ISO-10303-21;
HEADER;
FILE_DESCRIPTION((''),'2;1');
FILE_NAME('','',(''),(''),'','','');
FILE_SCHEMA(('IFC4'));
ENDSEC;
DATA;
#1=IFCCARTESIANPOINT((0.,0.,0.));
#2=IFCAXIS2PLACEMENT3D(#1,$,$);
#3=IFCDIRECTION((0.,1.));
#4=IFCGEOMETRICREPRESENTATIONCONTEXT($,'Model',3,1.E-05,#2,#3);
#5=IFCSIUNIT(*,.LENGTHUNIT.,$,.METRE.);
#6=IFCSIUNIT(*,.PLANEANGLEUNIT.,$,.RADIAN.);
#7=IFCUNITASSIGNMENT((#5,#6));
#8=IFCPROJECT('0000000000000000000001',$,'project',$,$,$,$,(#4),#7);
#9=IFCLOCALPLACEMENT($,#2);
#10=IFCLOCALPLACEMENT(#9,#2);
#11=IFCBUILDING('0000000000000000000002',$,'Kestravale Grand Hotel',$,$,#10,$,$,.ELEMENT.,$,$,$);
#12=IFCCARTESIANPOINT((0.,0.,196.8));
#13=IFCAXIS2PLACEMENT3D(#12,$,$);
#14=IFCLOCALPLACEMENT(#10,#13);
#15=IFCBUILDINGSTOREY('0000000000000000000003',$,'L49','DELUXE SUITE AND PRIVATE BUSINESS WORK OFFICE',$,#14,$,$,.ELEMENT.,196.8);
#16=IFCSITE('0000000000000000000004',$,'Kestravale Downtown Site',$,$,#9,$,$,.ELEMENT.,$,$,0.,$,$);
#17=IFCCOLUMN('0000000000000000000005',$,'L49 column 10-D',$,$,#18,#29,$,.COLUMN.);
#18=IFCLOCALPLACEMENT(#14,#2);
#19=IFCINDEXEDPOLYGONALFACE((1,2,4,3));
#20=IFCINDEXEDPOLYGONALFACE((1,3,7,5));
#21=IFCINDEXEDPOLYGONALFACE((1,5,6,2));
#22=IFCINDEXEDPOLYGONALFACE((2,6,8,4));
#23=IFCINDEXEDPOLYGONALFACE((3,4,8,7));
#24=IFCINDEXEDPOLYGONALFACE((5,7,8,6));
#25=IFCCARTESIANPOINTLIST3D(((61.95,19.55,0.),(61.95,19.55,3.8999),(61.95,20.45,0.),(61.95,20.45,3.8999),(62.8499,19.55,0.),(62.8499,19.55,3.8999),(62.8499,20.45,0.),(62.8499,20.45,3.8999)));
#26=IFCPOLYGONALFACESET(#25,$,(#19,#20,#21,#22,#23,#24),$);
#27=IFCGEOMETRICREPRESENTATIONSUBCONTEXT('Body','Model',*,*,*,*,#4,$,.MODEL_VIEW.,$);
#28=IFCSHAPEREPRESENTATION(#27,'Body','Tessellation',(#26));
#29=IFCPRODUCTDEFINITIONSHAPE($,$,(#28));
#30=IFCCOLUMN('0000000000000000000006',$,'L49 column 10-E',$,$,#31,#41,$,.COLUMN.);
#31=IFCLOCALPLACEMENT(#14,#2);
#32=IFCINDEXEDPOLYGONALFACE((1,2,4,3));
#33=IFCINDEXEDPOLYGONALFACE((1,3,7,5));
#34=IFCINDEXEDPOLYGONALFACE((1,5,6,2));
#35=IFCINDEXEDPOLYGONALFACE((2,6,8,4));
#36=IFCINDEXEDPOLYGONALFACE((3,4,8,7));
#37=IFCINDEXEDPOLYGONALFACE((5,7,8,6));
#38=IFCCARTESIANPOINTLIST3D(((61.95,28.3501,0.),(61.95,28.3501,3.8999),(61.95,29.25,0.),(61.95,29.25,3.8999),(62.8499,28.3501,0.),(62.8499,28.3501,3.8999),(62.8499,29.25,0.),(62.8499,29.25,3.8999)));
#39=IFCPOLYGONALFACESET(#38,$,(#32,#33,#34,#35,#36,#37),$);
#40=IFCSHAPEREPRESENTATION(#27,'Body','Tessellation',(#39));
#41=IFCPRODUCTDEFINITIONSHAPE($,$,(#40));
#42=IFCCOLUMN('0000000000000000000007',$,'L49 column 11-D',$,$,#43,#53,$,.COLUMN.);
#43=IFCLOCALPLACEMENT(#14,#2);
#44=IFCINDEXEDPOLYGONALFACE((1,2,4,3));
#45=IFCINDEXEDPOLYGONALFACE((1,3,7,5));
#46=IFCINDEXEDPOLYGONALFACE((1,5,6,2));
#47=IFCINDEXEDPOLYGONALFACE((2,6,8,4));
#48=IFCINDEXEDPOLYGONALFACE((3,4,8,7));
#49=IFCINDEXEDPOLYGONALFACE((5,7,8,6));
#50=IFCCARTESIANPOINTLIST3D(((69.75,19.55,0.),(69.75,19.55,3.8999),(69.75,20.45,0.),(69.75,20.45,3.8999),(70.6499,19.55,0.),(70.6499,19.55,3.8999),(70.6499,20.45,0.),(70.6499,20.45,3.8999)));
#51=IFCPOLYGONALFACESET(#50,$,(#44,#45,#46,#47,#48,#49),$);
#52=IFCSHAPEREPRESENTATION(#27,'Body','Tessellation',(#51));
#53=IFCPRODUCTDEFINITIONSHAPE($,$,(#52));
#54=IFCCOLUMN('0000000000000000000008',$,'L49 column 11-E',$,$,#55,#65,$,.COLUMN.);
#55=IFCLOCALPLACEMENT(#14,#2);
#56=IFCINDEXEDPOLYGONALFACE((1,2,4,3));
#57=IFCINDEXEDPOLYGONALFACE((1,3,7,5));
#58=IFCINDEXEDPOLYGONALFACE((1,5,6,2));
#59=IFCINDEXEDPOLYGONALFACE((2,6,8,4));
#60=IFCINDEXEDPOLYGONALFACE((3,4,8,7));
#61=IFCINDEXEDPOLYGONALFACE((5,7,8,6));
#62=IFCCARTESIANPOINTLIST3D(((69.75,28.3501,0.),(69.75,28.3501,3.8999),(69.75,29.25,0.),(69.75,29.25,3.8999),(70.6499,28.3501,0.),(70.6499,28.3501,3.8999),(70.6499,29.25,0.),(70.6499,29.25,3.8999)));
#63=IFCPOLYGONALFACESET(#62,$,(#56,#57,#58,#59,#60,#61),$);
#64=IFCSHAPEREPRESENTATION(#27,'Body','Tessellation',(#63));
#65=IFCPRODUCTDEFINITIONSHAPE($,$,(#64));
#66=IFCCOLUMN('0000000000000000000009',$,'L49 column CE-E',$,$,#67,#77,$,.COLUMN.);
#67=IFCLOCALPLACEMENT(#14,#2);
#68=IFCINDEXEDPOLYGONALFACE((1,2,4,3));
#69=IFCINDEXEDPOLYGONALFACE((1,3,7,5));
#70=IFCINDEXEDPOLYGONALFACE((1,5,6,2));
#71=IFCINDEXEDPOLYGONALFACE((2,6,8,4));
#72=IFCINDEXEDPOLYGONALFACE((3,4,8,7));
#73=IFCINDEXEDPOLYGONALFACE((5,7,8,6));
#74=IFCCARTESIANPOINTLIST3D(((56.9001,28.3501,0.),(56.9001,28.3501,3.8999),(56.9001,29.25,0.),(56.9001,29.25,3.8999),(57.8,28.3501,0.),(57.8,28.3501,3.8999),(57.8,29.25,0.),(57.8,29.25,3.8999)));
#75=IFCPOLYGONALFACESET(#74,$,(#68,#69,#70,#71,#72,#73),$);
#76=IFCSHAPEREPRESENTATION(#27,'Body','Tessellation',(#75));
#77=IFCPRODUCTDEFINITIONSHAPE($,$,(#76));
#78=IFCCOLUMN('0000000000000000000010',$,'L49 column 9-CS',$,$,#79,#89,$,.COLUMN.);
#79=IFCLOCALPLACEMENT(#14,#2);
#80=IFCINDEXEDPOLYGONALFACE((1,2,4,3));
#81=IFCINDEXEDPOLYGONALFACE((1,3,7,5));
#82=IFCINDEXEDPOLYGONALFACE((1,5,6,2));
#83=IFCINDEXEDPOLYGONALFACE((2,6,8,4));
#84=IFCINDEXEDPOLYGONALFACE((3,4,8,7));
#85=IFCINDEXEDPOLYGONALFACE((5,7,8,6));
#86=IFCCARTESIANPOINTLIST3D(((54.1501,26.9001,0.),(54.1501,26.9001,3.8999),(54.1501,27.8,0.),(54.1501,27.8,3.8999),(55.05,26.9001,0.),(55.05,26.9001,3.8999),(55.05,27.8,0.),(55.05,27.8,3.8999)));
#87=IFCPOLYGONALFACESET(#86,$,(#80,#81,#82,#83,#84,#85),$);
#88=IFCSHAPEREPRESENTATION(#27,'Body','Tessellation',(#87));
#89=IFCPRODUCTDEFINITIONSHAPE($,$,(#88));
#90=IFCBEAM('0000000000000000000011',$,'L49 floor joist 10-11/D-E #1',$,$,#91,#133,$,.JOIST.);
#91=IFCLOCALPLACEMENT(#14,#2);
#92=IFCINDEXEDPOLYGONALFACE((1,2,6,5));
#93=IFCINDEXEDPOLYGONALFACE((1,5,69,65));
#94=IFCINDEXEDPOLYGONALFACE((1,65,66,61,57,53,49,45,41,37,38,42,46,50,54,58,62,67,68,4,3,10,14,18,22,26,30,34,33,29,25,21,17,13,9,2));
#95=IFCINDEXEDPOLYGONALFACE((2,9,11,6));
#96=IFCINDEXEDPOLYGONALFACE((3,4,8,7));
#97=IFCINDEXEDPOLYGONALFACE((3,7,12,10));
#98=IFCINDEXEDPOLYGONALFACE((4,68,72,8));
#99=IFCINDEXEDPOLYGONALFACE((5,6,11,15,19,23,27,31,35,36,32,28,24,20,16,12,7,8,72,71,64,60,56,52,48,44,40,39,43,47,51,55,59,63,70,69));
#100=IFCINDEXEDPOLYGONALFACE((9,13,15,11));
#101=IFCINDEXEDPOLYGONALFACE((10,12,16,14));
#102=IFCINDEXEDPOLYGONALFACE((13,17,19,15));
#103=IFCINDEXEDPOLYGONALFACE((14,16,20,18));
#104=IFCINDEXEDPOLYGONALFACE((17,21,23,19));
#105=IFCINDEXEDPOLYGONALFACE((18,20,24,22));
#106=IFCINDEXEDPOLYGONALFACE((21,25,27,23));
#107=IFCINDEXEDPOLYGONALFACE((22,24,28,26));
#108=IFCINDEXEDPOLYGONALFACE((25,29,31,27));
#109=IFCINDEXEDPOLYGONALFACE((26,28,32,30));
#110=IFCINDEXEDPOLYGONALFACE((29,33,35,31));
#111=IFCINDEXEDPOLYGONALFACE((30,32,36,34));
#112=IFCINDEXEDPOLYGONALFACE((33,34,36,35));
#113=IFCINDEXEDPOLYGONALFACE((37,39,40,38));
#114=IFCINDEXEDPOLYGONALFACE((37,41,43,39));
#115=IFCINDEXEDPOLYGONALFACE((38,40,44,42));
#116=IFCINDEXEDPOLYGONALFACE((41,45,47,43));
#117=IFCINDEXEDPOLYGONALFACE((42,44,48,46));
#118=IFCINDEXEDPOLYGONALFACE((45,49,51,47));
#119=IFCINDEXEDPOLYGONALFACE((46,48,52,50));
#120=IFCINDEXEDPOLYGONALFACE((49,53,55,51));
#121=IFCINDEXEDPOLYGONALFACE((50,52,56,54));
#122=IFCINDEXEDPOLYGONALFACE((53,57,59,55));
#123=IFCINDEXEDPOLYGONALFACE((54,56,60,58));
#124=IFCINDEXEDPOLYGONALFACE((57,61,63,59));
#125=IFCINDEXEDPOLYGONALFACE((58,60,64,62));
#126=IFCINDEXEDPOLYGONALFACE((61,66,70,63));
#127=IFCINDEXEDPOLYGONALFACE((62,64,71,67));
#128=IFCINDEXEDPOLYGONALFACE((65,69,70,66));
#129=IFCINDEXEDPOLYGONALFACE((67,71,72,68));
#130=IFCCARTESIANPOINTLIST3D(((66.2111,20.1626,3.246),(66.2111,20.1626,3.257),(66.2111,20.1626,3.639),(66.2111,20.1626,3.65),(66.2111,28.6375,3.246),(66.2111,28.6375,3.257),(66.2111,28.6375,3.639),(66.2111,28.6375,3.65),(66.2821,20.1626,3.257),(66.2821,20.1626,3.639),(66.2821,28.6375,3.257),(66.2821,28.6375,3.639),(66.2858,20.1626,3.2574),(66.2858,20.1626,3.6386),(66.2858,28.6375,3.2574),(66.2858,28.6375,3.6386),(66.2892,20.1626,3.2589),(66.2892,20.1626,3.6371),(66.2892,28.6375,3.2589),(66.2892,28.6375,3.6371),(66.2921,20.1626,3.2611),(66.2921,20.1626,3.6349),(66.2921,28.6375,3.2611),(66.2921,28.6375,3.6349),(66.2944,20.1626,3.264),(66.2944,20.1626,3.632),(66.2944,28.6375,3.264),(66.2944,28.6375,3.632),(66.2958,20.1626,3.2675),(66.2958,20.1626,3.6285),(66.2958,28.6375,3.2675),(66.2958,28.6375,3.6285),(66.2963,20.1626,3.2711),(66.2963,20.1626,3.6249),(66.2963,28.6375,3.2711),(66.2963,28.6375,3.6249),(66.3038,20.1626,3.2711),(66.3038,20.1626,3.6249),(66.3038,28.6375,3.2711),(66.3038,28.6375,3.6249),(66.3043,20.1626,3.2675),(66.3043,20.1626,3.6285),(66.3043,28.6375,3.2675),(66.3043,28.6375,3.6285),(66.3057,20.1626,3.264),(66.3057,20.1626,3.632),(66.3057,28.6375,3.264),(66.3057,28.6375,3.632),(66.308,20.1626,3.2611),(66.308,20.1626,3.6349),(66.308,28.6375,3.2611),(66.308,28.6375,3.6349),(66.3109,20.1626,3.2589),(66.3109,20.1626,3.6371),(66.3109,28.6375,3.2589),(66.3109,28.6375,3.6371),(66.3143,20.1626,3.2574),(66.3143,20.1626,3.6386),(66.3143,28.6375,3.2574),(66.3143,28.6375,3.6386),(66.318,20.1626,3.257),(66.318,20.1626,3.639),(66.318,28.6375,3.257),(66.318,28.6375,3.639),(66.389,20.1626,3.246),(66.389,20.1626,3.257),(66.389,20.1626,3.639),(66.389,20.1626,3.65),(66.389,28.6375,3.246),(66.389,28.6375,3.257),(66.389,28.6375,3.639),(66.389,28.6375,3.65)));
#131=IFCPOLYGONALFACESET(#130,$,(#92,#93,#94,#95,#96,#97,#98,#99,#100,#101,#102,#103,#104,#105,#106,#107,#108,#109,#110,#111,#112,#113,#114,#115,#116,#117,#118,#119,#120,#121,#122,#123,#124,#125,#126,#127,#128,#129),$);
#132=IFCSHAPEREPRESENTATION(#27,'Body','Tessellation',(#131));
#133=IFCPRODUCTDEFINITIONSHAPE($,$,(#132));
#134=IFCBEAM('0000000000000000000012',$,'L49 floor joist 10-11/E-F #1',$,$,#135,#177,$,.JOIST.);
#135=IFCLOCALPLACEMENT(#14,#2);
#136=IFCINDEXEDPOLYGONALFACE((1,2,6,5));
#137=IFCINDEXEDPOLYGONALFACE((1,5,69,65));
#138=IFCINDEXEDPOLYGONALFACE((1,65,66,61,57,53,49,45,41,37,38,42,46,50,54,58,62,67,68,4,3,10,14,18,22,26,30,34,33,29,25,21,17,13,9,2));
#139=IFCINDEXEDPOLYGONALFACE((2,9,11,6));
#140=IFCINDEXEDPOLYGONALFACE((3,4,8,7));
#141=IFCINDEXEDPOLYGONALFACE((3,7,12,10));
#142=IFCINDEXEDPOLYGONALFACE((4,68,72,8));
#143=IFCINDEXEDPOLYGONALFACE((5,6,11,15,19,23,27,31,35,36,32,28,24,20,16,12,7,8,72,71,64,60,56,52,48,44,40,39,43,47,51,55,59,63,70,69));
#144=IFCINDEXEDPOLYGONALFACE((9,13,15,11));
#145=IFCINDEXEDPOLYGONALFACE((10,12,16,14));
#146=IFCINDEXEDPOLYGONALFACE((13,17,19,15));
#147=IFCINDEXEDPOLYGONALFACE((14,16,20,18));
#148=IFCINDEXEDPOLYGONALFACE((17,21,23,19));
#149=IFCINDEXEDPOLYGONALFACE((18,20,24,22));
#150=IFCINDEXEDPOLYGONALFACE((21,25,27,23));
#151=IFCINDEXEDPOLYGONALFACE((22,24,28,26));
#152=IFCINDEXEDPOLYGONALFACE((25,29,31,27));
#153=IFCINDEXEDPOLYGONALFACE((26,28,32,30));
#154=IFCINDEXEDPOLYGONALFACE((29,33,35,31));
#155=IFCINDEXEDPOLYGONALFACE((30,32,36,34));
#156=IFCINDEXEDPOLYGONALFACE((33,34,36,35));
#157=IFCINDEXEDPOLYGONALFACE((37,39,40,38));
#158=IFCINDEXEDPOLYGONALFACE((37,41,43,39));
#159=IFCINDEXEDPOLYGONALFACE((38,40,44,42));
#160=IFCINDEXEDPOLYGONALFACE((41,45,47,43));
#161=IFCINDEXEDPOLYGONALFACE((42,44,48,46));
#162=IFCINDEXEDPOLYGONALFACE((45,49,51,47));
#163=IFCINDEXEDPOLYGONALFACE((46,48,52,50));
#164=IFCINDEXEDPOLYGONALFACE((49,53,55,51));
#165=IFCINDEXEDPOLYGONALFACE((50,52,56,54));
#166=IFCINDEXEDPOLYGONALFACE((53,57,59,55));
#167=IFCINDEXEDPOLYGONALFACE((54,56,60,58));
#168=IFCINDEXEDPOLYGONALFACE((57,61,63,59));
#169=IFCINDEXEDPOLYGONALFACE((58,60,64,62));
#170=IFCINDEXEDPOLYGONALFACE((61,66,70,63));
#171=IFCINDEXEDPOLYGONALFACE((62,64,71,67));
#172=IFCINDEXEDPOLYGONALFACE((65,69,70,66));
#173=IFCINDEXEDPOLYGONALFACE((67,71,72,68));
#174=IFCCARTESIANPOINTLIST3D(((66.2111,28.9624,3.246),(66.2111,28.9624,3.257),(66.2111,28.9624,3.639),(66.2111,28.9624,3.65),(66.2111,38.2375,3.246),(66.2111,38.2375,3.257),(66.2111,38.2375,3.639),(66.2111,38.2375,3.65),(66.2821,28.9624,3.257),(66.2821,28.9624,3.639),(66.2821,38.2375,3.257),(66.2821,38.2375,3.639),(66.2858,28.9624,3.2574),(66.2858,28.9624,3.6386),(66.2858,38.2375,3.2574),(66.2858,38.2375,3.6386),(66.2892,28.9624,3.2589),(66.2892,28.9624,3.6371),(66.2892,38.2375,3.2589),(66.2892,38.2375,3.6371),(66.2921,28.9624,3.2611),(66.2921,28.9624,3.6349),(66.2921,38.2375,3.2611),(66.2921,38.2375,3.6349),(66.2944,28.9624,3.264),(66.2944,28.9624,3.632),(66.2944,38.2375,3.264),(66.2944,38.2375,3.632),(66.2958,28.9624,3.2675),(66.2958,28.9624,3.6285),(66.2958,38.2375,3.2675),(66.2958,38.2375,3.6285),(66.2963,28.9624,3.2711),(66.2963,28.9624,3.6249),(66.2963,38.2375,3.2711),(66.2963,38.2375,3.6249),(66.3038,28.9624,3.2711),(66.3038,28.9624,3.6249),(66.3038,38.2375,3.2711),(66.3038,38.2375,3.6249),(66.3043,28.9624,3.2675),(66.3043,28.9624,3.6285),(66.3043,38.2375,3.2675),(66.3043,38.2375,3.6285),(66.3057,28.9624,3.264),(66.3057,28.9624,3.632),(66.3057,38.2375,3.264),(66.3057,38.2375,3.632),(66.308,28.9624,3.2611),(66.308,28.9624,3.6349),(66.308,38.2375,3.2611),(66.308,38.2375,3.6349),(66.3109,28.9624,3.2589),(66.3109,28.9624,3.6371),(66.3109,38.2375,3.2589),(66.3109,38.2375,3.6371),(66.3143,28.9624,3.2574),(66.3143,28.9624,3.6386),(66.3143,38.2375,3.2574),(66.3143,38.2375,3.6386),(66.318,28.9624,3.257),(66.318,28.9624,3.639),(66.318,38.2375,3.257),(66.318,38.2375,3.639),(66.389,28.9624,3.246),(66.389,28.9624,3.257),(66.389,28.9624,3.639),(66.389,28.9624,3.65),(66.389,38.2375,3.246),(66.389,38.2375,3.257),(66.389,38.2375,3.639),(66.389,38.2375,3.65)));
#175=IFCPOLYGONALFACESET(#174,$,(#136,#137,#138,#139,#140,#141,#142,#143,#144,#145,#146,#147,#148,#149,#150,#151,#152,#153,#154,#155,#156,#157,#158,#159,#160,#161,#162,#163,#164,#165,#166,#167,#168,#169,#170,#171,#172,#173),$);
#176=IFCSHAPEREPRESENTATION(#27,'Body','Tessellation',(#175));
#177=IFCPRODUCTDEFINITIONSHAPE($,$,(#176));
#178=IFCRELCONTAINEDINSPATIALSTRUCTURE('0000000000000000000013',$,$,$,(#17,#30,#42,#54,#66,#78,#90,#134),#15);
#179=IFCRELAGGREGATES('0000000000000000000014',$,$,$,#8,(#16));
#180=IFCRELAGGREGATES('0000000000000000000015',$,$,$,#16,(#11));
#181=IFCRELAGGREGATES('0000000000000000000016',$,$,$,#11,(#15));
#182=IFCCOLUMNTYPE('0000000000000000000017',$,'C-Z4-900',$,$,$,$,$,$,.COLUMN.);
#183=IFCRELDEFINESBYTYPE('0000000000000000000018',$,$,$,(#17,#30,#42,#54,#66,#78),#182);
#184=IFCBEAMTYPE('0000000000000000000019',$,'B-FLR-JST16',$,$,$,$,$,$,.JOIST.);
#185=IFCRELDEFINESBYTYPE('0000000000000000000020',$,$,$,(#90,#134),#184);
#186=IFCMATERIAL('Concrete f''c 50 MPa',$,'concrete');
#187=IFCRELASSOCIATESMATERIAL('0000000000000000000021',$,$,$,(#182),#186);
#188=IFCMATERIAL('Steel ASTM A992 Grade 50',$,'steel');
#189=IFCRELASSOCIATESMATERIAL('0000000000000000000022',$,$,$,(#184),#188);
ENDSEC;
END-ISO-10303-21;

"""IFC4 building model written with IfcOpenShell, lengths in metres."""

from ifc_helpers import new_model, si_unit, direction, frame, origin, origin_2d, place, context, subcontext, project, spatial, rectangle, i_section, extrude, material, material_profile, profile_set, type_object, element, save


model = new_model("IFC4")

# Units and contexts
model_context = context("Model", 3, precision=1e-05, world=origin(), true_north=direction((0.0, 1.0)))
body_context = subcontext(model_context, "Body", "Model", "MODEL_VIEW")
ifc_project = project(units=[si_unit("LENGTHUNIT", "METRE"), si_unit("PLANEANGLEUNIT", "RADIAN")], contexts=[model_context])

# Site, building, storey
site_placement = place(None, origin())
site = spatial("IfcSite", under=ifc_project, at=site_placement, Name="Kestravale Downtown Site", CompositionType="ELEMENT", RefElevation=0.0)
building_placement = place(site_placement, origin())
building = spatial("IfcBuilding", under=site, at=building_placement, Name="Kestravale Grand Hotel", CompositionType="ELEMENT")
storey_placement = place(building_placement, frame((0.0, 0.0, 196.8)))
storey = spatial("IfcBuildingStorey", under=building, at=storey_placement, Name="L49", Description="DELUXE SUITE AND PRIVATE BUSINESS WORK OFFICE", CompositionType="ELEMENT", Elevation=196.8)

# Columns
ifc_material_1 = material(Name="Concrete f'c 50 MPa", Category="concrete")
ifc_material_profile_1 = material_profile(ifc_material_1, rectangle(XDim=0.8999, YDim=0.8999, at=origin_2d()))
ifc_profile_set_1 = profile_set([ifc_material_profile_1], Name="Concrete f'c 50 MPa")
column_type = type_object("IfcColumnType", Name="C-Z4-900", PredefinedType="COLUMN", material=ifc_profile_set_1)
for number, where, z_axis, x_axis, name in (
    (1, (62.3999, 20.0, 0.0), (0.0, 0.0, 1.0), (1.0, 0.0, 0.0), "L49 column 10-D"),
    (2, (62.3999, 28.8, 0.0), (0.0, 0.0, 1.0), (1.0, 0.0, 0.0), "L49 column 10-E"),
    (3, (70.2, 20.0, 0.0), (0.0, 0.0, 1.0), (1.0, 0.0, 0.0), "L49 column 11-D"),
    (4, (70.2, 28.8, 0.0), (0.0, 0.0, 1.0), (1.0, 0.0, 0.0), "L49 column 11-E"),
    (5, (57.3501, 28.8, 0.0), (0.0, 0.0, 1.0), (1.0, 0.0, 0.0), "L49 column CE-E"),
    (6, (54.6001, 27.3501, 0.0), (0.0, 0.0, 1.0), (1.0, 0.0, 0.0), "L49 column 9-CS"),
):
    element("IfcColumn", number, at=place(storey_placement, frame(where, z_axis=z_axis, x_axis=x_axis)), inside=storey, type_object=column_type, Name=name, PredefinedType="COLUMN", context=body_context, shape_type="SweptSolid", body=[
        extrude(rectangle(XDim=0.8999, YDim=0.8999, at=origin_2d()), origin(), (0.0, 0.0, 1.0), 3.8999),
    ])

# Beams
ifc_material_2 = material(Name="Steel ASTM A992 Grade 50", Category="steel")
ifc_material_profile_2 = material_profile(ifc_material_2, i_section(OverallWidth=0.178, OverallDepth=0.4041, WebThickness=0.0076, FlangeThickness=0.011, FilletRadius=0.0142, at=origin_2d()))
ifc_profile_set_2 = profile_set([ifc_material_profile_2], Name="Steel ASTM A992 Grade 50")
beam_type_1 = type_object("IfcBeamType", Name="B-FLR-JST16", PredefinedType="JOIST", material=ifc_profile_set_2)
beam_1_placement = place(storey_placement, frame((66.3, 20.1626, 3.448), z_axis=(0.0, 1.0, 0.0), x_axis=(-1.0, 0.0, 0.0)))
element("IfcBeam", 7, at=beam_1_placement, inside=storey, type_object=beam_type_1, Name="L49 floor joist 10-11/D-E #1", PredefinedType="JOIST", context=body_context, shape_type="SweptSolid", body=[
    extrude(i_section(OverallWidth=0.178, OverallDepth=0.4041, WebThickness=0.0076, FlangeThickness=0.011, FilletRadius=0.0142, at=origin_2d()), origin(), (0.0, 0.0, 1.0), 8.4749),
])
beam_2_placement = place(storey_placement, frame((66.3, 28.9624, 3.448), z_axis=(0.0, 1.0, 0.0), x_axis=(-1.0, 0.0, 0.0)))
element("IfcBeam", 8, at=beam_2_placement, inside=storey, type_object=beam_type_1, Name="L49 floor joist 10-11/E-F #1", PredefinedType="JOIST", context=body_context, shape_type="SweptSolid", body=[
    extrude(i_section(OverallWidth=0.178, OverallDepth=0.4041, WebThickness=0.0076, FlangeThickness=0.011, FilletRadius=0.0142, at=origin_2d()), origin(), (0.0, 0.0, 1.0), 9.2751),
])

save(model, "model.ifc")
